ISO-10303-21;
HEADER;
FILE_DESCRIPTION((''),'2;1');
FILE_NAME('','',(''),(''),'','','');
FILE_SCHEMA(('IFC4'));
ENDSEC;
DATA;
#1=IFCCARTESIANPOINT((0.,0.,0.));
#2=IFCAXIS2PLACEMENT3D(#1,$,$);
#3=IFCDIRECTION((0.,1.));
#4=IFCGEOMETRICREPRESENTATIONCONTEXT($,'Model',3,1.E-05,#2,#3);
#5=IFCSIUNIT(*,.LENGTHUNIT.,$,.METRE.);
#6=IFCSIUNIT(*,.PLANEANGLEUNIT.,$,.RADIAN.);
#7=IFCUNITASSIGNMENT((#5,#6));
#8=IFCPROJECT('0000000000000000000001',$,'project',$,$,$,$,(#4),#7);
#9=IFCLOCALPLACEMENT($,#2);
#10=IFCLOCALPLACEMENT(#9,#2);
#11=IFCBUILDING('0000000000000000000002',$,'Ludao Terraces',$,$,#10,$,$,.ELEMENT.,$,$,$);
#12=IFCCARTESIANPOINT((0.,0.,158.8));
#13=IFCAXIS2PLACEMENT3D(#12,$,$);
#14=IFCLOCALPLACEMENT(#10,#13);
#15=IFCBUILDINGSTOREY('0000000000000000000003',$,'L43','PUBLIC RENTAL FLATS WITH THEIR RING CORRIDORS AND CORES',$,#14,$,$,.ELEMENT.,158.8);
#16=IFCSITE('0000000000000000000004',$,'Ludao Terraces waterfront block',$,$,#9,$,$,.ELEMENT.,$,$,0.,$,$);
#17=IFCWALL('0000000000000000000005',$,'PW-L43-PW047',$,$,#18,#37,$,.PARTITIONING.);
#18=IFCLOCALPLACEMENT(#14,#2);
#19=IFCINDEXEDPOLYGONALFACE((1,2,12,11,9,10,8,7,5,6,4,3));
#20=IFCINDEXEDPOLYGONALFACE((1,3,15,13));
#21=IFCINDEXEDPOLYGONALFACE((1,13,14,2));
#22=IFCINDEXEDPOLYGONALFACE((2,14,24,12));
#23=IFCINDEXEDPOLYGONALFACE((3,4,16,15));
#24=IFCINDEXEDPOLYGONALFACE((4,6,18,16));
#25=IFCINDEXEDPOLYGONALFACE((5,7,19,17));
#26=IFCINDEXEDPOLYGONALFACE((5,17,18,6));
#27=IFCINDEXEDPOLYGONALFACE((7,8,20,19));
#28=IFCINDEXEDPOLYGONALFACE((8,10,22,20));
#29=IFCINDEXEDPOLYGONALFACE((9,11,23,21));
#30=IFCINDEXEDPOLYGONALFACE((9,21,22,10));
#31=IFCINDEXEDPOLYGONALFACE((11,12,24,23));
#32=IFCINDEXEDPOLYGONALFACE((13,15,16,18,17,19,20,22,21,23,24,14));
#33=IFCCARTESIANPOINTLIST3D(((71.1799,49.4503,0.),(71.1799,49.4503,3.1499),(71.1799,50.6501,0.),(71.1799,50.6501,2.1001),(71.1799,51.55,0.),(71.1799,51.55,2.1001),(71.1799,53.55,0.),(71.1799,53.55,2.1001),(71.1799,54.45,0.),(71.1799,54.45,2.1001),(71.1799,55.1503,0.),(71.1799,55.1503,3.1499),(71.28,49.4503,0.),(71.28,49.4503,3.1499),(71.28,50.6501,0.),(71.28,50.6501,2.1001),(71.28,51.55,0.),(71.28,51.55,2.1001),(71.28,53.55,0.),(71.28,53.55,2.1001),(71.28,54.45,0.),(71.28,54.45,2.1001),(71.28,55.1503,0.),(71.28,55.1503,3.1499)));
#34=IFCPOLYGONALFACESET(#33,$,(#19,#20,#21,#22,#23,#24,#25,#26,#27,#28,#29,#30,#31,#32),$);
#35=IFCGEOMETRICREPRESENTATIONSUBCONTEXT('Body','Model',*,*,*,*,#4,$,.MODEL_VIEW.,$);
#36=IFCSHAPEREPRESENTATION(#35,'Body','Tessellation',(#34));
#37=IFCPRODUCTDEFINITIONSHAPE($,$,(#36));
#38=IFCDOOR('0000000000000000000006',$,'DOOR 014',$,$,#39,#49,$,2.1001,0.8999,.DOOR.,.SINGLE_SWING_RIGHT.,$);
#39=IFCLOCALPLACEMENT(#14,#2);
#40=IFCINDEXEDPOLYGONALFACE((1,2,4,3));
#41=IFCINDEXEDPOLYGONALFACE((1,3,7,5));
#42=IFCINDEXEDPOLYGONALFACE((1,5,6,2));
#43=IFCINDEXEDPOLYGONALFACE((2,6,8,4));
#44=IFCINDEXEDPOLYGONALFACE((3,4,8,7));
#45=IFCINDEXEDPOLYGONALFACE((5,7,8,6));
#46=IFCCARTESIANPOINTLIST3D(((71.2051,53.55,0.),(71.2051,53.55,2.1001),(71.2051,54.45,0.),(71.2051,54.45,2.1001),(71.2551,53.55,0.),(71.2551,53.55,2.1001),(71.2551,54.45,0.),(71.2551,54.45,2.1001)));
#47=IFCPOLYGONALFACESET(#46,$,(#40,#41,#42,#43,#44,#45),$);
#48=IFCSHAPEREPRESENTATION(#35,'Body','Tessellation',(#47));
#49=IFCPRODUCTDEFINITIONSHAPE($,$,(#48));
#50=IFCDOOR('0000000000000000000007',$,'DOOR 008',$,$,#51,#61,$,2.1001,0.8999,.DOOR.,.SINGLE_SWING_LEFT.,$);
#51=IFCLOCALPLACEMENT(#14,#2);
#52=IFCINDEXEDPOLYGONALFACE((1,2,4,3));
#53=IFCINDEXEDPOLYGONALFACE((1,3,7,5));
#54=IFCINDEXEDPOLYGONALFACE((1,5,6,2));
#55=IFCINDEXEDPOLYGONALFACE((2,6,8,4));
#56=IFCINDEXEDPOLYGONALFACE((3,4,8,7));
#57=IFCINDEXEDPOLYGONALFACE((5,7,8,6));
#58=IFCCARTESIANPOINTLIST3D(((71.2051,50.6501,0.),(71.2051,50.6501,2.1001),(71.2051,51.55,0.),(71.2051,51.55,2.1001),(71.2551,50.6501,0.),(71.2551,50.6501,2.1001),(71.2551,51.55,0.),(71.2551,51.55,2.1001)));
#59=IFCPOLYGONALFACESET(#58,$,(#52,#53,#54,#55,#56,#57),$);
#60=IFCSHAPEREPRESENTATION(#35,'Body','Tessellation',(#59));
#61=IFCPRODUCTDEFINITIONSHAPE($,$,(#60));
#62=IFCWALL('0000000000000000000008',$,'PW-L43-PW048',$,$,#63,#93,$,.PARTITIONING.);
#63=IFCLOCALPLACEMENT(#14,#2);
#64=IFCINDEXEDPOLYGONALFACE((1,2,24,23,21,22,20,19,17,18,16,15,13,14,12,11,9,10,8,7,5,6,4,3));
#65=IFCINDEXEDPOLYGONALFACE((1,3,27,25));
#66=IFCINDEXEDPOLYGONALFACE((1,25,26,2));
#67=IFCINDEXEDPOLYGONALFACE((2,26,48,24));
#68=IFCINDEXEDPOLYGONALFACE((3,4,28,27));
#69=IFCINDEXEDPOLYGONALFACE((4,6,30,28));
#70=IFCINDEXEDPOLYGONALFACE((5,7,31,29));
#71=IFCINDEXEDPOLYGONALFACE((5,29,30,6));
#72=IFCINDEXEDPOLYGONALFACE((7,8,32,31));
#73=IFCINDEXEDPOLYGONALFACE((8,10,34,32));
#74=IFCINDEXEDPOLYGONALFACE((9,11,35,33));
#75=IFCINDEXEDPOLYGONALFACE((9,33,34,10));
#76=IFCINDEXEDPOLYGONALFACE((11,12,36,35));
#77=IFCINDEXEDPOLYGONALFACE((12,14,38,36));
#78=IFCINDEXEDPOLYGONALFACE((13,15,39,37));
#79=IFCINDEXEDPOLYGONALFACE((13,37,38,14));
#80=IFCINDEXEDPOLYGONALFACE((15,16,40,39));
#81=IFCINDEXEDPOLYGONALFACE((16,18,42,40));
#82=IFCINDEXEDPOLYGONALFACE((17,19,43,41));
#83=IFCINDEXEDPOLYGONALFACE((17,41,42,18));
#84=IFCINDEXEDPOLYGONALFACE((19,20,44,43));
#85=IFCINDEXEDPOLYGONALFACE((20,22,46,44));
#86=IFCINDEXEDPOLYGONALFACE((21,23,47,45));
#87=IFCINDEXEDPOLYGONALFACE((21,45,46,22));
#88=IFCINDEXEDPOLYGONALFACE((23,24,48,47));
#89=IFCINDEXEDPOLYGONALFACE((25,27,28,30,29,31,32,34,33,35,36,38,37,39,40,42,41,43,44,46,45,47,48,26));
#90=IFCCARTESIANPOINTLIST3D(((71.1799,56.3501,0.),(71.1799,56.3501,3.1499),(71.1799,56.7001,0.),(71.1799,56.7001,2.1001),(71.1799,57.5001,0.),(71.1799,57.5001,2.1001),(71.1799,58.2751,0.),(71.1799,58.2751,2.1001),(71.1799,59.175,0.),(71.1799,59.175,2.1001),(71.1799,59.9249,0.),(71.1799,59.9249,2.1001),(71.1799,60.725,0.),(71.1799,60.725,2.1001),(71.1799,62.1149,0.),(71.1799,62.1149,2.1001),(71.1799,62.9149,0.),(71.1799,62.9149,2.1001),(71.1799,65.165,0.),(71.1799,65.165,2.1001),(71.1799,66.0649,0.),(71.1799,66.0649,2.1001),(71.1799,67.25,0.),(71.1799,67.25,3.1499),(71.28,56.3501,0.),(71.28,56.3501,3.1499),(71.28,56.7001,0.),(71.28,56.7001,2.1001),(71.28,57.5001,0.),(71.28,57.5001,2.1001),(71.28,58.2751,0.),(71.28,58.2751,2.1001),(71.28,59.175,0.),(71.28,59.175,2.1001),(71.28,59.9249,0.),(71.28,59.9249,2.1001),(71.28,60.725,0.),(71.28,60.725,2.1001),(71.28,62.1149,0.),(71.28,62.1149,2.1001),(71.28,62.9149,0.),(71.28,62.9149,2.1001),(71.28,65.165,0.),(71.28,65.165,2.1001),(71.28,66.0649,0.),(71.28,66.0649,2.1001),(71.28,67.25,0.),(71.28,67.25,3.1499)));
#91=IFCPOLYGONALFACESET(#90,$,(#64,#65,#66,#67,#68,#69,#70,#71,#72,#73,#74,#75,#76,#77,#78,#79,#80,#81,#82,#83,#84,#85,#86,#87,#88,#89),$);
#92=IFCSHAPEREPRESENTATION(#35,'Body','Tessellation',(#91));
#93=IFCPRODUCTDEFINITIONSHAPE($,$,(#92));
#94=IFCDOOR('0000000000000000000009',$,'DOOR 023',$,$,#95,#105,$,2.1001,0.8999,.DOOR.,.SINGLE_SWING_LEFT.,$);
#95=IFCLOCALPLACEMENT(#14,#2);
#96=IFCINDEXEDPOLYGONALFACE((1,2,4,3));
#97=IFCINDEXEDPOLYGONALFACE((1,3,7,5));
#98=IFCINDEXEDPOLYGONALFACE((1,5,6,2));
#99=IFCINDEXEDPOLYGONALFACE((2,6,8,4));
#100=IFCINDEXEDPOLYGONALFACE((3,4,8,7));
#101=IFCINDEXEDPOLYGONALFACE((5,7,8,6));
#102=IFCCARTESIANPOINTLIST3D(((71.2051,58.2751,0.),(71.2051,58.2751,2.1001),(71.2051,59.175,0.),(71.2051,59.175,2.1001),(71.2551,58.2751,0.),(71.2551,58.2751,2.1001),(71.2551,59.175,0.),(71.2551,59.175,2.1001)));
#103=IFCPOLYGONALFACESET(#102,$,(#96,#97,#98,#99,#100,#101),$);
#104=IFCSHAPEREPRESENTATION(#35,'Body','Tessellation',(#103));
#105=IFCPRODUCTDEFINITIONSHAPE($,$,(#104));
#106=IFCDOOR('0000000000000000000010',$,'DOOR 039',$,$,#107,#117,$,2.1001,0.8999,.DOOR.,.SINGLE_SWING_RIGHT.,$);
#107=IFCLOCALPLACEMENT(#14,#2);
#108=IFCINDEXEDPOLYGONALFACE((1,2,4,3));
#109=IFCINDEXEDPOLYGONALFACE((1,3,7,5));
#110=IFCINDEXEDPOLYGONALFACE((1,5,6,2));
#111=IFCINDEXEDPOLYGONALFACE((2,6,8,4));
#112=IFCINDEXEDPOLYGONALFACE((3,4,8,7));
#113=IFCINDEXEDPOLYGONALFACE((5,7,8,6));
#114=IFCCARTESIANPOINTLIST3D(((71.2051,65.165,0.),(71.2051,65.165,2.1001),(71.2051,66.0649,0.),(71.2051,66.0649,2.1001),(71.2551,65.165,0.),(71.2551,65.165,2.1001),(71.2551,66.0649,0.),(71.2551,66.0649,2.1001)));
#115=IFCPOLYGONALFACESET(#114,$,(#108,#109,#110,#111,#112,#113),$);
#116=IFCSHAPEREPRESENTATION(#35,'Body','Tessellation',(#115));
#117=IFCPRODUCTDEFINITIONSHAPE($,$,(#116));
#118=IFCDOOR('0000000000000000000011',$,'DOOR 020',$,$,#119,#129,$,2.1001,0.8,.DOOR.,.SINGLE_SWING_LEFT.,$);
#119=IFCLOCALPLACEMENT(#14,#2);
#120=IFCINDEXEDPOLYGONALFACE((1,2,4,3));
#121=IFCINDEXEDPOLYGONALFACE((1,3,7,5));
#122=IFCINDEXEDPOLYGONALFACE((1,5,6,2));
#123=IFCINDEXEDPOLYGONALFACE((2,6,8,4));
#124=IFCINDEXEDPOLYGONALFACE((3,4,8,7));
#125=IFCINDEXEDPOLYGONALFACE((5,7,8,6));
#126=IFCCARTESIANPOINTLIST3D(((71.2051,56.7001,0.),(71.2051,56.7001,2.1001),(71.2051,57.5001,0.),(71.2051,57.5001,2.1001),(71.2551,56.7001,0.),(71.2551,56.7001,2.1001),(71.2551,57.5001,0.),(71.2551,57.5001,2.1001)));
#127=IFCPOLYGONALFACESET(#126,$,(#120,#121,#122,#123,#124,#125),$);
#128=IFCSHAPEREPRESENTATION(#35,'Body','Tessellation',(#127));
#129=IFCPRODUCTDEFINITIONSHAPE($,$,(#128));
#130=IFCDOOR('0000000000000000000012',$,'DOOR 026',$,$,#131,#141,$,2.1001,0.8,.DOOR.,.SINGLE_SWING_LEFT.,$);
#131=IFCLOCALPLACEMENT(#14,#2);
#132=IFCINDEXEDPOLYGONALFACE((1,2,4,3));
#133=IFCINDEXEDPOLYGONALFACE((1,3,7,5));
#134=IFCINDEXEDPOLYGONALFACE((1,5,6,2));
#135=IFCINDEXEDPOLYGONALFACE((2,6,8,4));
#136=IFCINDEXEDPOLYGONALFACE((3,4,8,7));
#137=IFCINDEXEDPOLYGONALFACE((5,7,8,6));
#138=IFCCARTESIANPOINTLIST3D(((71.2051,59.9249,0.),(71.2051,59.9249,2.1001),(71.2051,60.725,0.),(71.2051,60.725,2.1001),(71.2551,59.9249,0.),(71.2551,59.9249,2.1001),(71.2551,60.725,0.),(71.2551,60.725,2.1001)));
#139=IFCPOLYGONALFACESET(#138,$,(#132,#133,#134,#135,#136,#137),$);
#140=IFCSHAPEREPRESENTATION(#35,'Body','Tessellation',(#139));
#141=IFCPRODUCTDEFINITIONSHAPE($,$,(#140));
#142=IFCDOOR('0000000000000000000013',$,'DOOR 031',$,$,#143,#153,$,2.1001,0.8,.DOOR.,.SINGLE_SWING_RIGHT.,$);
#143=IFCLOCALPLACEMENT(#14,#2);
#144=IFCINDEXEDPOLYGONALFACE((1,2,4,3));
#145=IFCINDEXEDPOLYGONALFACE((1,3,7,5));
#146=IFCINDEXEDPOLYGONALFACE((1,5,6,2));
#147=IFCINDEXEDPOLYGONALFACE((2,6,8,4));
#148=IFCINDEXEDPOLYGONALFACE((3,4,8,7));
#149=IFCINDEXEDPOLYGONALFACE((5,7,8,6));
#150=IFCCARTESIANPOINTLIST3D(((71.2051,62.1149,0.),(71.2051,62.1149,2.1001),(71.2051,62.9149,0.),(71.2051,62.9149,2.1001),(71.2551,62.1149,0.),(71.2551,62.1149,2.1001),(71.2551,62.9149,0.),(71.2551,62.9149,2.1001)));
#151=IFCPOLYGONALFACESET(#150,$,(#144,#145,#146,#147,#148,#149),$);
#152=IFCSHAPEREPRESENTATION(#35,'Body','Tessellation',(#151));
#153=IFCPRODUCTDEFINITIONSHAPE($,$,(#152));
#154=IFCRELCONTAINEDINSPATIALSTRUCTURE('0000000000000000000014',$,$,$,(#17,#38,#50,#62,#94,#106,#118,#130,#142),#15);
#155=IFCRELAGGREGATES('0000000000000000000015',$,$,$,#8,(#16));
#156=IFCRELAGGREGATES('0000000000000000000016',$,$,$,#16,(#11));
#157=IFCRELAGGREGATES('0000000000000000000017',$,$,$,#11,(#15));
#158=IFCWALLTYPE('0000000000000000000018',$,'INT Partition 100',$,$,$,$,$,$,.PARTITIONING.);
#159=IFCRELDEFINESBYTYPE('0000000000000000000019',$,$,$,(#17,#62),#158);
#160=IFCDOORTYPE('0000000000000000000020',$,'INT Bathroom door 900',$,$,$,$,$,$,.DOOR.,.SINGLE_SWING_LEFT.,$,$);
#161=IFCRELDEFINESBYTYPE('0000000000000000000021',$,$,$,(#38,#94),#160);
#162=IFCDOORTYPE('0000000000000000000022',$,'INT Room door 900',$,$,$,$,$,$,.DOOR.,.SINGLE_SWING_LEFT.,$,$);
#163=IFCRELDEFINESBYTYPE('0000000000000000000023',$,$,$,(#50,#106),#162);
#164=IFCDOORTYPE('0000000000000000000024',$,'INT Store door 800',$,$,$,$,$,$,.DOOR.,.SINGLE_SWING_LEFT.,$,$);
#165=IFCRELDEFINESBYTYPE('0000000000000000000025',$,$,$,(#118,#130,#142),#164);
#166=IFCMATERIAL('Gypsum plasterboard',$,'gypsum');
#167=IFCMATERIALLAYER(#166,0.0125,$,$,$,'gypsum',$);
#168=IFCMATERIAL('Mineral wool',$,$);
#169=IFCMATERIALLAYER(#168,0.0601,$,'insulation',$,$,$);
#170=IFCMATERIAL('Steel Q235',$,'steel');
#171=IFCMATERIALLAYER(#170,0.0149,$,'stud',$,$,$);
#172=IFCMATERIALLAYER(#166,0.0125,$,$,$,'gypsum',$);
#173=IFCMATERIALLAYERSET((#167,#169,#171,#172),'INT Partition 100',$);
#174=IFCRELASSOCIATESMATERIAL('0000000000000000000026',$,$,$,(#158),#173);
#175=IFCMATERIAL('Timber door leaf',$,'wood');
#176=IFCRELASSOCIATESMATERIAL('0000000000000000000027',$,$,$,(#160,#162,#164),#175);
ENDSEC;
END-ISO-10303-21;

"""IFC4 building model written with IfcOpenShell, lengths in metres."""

from ifc_helpers import new_model, si_unit, direction, frame, frame_2d, origin, place, context, subcontext, project, spatial, rectangle, extrude, material, layer, layer_set, type_object, element, fill, save


model = new_model("IFC4")

# Units and contexts
model_context = context("Model", 3, precision=1e-05, world=origin(), true_north=direction((0.0, 1.0)))
body_context = subcontext(model_context, "Body", "Model", "MODEL_VIEW")
ifc_project = project(units=[si_unit("LENGTHUNIT", "METRE"), si_unit("PLANEANGLEUNIT", "RADIAN")], contexts=[model_context])

# Site, building, storey
site_placement = place(None, origin())
site = spatial("IfcSite", under=ifc_project, at=site_placement, Name="Ludao Terraces waterfront block", CompositionType="ELEMENT", RefElevation=0.0)
building_placement = place(site_placement, origin())
building = spatial("IfcBuilding", under=site, at=building_placement, Name="Ludao Terraces", CompositionType="ELEMENT")
storey_placement = place(building_placement, frame((0.0, 0.0, 158.8)))
storey = spatial("IfcBuildingStorey", under=building, at=storey_placement, Name="L43", Description="PUBLIC RENTAL FLATS WITH THEIR RING CORRIDORS AND CORES", CompositionType="ELEMENT", Elevation=158.8)

# Shared definitions
ifc_material_1 = material(Name="Timber door leaf", Category="wood")

# Shared definitions
ifc_material_2 = material(Name="Gypsum plasterboard", Category="gypsum")
ifc_layer_1 = layer(ifc_material_2, 0.0125, Category="gypsum")
ifc_material_3 = material(Name="Mineral wool")
ifc_layer_2 = layer(ifc_material_3, 0.0601, Name="insulation")
ifc_material_4 = material(Name="Steel Q235", Category="steel")
ifc_layer_3 = layer(ifc_material_4, 0.0149, Name="stud")
ifc_layer_4 = layer(ifc_material_2, 0.0125, Category="gypsum")
ifc_layer_set_1 = layer_set([ifc_layer_1, ifc_layer_2, ifc_layer_3, ifc_layer_4], Name="INT Partition 100")
wall_type_1 = type_object("IfcWallType", Name="INT Partition 100", PredefinedType="PARTITIONING", material=ifc_layer_set_1)

# Walls, openings, doors
wall_1_placement = place(storey_placement, frame((71.23, 49.4502, 0.0), z_axis=(0.0, 0.0, 1.0), x_axis=(0.0, 1.0, 0.0)))
wall_1 = element("IfcWall", 1, at=wall_1_placement, inside=storey, type_object=wall_type_1, Name="PW-L43-PW047", PredefinedType="PARTITIONING", context=body_context, shape_type="SweptSolid", body=[
    extrude(rectangle(XDim=5.7, YDim=0.1001, at=frame_2d((2.8501, 0.0))), origin(), (0.0, 0.0, 1.0), 3.1499),
])
opening_1_placement = place(wall_1_placement, frame((1.2, 0.0, 0.0)))
opening_1 = element("IfcOpeningElement", 2, at=opening_1_placement, cuts=wall_1, PredefinedType="OPENING", context=body_context, shape_type="SweptSolid", body=[
    extrude(rectangle(XDim=0.8999, YDim=2.1001, at=frame_2d((0.45, 1.05))), frame((0.0, 0.0601, 0.0), z_axis=(0.0, -1.0, 0.0), x_axis=(1.0, 0.0, 0.0)), (0.0, 0.0, 1.0), 0.1201),
])
opening_2_placement = place(wall_1_placement, frame((4.0999, 0.0, 0.0)))
opening_2 = element("IfcOpeningElement", 3, at=opening_2_placement, cuts=wall_1, PredefinedType="OPENING", context=body_context, shape_type="SweptSolid", body=[
    extrude(rectangle(XDim=0.8999, YDim=2.1001, at=frame_2d((0.45, 1.05))), frame((0.0, 0.0601, 0.0), z_axis=(0.0, -1.0, 0.0), x_axis=(1.0, 0.0, 0.0)), (0.0, 0.0, 1.0), 0.1201),
])
door_type_1 = type_object("IfcDoorType", Name="INT Bathroom door 900", OperationType="SINGLE_SWING_LEFT", PredefinedType="DOOR", material=ifc_material_1)
door_1_placement = place(opening_2_placement, origin())
door_1 = element("IfcDoor", 4, at=door_1_placement, inside=storey, type_object=door_type_1, Name="DOOR 014", OperationType="SINGLE_SWING_RIGHT", OverallHeight=2.1001, OverallWidth=0.8999, PredefinedType="DOOR", context=body_context, shape_type="SweptSolid", body=[
    extrude(rectangle(XDim=0.8999, YDim=2.1001, at=frame_2d((0.45, 1.05))), frame((0.0, 0.0249, 0.0), z_axis=(0.0, -1.0, 0.0), x_axis=(1.0, 0.0, 0.0)), (0.0, 0.0, 1.0), 0.05),
])
fill(opening_2, door_1)
door_type_2 = type_object("IfcDoorType", Name="INT Room door 900", OperationType="SINGLE_SWING_LEFT", PredefinedType="DOOR", material=ifc_material_1)
door_2_placement = place(opening_1_placement, origin())
door_2 = element("IfcDoor", 5, at=door_2_placement, inside=storey, type_object=door_type_2, Name="DOOR 008", OperationType="SINGLE_SWING_LEFT", OverallHeight=2.1001, OverallWidth=0.8999, PredefinedType="DOOR", context=body_context, shape_type="SweptSolid", body=[
    extrude(rectangle(XDim=0.8999, YDim=2.1001, at=frame_2d((0.45, 1.05))), frame((0.0, 0.0249, 0.0), z_axis=(0.0, -1.0, 0.0), x_axis=(1.0, 0.0, 0.0)), (0.0, 0.0, 1.0), 0.05),
])
fill(opening_1, door_2)
wall_2_placement = place(storey_placement, frame((71.23, 56.3501, 0.0), z_axis=(0.0, 0.0, 1.0), x_axis=(0.0, 1.0, 0.0)))
wall_2 = element("IfcWall", 6, at=wall_2_placement, inside=storey, type_object=wall_type_1, Name="PW-L43-PW048", PredefinedType="PARTITIONING", context=body_context, shape_type="SweptSolid", body=[
    extrude(rectangle(XDim=10.8999, YDim=0.1001, at=frame_2d((5.45, 0.0))), origin(), (0.0, 0.0, 1.0), 3.1499),
])
opening_3_placement = place(wall_2_placement, frame((0.3501, 0.0, 0.0)))
opening_3 = element("IfcOpeningElement", 7, at=opening_3_placement, cuts=wall_2, PredefinedType="OPENING", context=body_context, shape_type="SweptSolid", body=[
    extrude(rectangle(XDim=0.8, YDim=2.1001, at=frame_2d((0.3999, 1.05))), frame((0.0, 0.0601, 0.0), z_axis=(0.0, -1.0, 0.0), x_axis=(1.0, 0.0, 0.0)), (0.0, 0.0, 1.0), 0.1201),
])
opening_4_placement = place(wall_2_placement, frame((1.925, 0.0, 0.0)))
opening_4 = element("IfcOpeningElement", 8, at=opening_4_placement, cuts=wall_2, PredefinedType="OPENING", context=body_context, shape_type="SweptSolid", body=[
    extrude(rectangle(XDim=0.8999, YDim=2.1001, at=frame_2d((0.45, 1.05))), frame((0.0, 0.0601, 0.0), z_axis=(0.0, -1.0, 0.0), x_axis=(1.0, 0.0, 0.0)), (0.0, 0.0, 1.0), 0.1201),
])
opening_5_placement = place(wall_2_placement, frame((3.575, 0.0, 0.0)))
opening_5 = element("IfcOpeningElement", 9, at=opening_5_placement, cuts=wall_2, PredefinedType="OPENING", context=body_context, shape_type="SweptSolid", body=[
    extrude(rectangle(XDim=0.8, YDim=2.1001, at=frame_2d((0.3999, 1.05))), frame((0.0, 0.0601, 0.0), z_axis=(0.0, -1.0, 0.0), x_axis=(1.0, 0.0, 0.0)), (0.0, 0.0, 1.0), 0.1201),
])
opening_6_placement = place(wall_2_placement, frame((5.7649, 0.0, 0.0)))
opening_6 = element("IfcOpeningElement", 10, at=opening_6_placement, cuts=wall_2, PredefinedType="OPENING", context=body_context, shape_type="SweptSolid", body=[
    extrude(rectangle(XDim=0.8, YDim=2.1001, at=frame_2d((0.3999, 1.05))), frame((0.0, 0.0601, 0.0), z_axis=(0.0, -1.0, 0.0), x_axis=(1.0, 0.0, 0.0)), (0.0, 0.0, 1.0), 0.1201),
])
opening_7_placement = place(wall_2_placement, frame((8.8149, 0.0, 0.0)))
opening_7 = element("IfcOpeningElement", 11, at=opening_7_placement, cuts=wall_2, PredefinedType="OPENING", context=body_context, shape_type="SweptSolid", body=[
    extrude(rectangle(XDim=0.8999, YDim=2.1001, at=frame_2d((0.45, 1.05))), frame((0.0, 0.0601, 0.0), z_axis=(0.0, -1.0, 0.0), x_axis=(1.0, 0.0, 0.0)), (0.0, 0.0, 1.0), 0.1201),
])
door_3_placement = place(opening_4_placement, origin())
door_3 = element("IfcDoor", 12, at=door_3_placement, inside=storey, type_object=door_type_1, Name="DOOR 023", OperationType="SINGLE_SWING_LEFT", OverallHeight=2.1001, OverallWidth=0.8999, PredefinedType="DOOR", context=body_context, shape_type="SweptSolid", body=[
    extrude(rectangle(XDim=0.8999, YDim=2.1001, at=frame_2d((0.45, 1.05))), frame((0.0, 0.0249, 0.0), z_axis=(0.0, -1.0, 0.0), x_axis=(1.0, 0.0, 0.0)), (0.0, 0.0, 1.0), 0.05),
])
fill(opening_4, door_3)
door_4_placement = place(opening_7_placement, origin())
door_4 = element("IfcDoor", 13, at=door_4_placement, inside=storey, type_object=door_type_2, Name="DOOR 039", OperationType="SINGLE_SWING_RIGHT", OverallHeight=2.1001, OverallWidth=0.8999, PredefinedType="DOOR", context=body_context, shape_type="SweptSolid", body=[
    extrude(rectangle(XDim=0.8999, YDim=2.1001, at=frame_2d((0.45, 1.05))), frame((0.0, 0.0249, 0.0), z_axis=(0.0, -1.0, 0.0), x_axis=(1.0, 0.0, 0.0)), (0.0, 0.0, 1.0), 0.05),
])
fill(opening_7, door_4)
door_type_3 = type_object("IfcDoorType", Name="INT Store door 800", OperationType="SINGLE_SWING_LEFT", PredefinedType="DOOR", material=ifc_material_1)
door_5_placement = place(opening_3_placement, origin())
door_5 = element("IfcDoor", 14, at=door_5_placement, inside=storey, type_object=door_type_3, Name="DOOR 020", OperationType="SINGLE_SWING_LEFT", OverallHeight=2.1001, OverallWidth=0.8, PredefinedType="DOOR", context=body_context, shape_type="SweptSolid", body=[
    extrude(rectangle(XDim=0.8, YDim=2.1001, at=frame_2d((0.3999, 1.05))), frame((0.0, 0.0249, 0.0), z_axis=(0.0, -1.0, 0.0), x_axis=(1.0, 0.0, 0.0)), (0.0, 0.0, 1.0), 0.05),
])
fill(opening_3, door_5)
door_6_placement = place(opening_5_placement, origin())
door_6 = element("IfcDoor", 15, at=door_6_placement, inside=storey, type_object=door_type_3, Name="DOOR 026", OperationType="SINGLE_SWING_LEFT", OverallHeight=2.1001, OverallWidth=0.8, PredefinedType="DOOR", context=body_context, shape_type="SweptSolid", body=[
    extrude(rectangle(XDim=0.8, YDim=2.1001, at=frame_2d((0.3999, 1.05))), frame((0.0, 0.0249, 0.0), z_axis=(0.0, -1.0, 0.0), x_axis=(1.0, 0.0, 0.0)), (0.0, 0.0, 1.0), 0.05),
])
fill(opening_5, door_6)
door_7_placement = place(opening_6_placement, origin())
door_7 = element("IfcDoor", 16, at=door_7_placement, inside=storey, type_object=door_type_3, Name="DOOR 031", OperationType="SINGLE_SWING_RIGHT", OverallHeight=2.1001, OverallWidth=0.8, PredefinedType="DOOR", context=body_context, shape_type="SweptSolid", body=[
    extrude(rectangle(XDim=0.8, YDim=2.1001, at=frame_2d((0.3999, 1.05))), frame((0.0, 0.0249, 0.0), z_axis=(0.0, -1.0, 0.0), x_axis=(1.0, 0.0, 0.0)), (0.0, 0.0, 1.0), 0.05),
])
fill(opening_6, door_7)

save(model, "model.ifc")
